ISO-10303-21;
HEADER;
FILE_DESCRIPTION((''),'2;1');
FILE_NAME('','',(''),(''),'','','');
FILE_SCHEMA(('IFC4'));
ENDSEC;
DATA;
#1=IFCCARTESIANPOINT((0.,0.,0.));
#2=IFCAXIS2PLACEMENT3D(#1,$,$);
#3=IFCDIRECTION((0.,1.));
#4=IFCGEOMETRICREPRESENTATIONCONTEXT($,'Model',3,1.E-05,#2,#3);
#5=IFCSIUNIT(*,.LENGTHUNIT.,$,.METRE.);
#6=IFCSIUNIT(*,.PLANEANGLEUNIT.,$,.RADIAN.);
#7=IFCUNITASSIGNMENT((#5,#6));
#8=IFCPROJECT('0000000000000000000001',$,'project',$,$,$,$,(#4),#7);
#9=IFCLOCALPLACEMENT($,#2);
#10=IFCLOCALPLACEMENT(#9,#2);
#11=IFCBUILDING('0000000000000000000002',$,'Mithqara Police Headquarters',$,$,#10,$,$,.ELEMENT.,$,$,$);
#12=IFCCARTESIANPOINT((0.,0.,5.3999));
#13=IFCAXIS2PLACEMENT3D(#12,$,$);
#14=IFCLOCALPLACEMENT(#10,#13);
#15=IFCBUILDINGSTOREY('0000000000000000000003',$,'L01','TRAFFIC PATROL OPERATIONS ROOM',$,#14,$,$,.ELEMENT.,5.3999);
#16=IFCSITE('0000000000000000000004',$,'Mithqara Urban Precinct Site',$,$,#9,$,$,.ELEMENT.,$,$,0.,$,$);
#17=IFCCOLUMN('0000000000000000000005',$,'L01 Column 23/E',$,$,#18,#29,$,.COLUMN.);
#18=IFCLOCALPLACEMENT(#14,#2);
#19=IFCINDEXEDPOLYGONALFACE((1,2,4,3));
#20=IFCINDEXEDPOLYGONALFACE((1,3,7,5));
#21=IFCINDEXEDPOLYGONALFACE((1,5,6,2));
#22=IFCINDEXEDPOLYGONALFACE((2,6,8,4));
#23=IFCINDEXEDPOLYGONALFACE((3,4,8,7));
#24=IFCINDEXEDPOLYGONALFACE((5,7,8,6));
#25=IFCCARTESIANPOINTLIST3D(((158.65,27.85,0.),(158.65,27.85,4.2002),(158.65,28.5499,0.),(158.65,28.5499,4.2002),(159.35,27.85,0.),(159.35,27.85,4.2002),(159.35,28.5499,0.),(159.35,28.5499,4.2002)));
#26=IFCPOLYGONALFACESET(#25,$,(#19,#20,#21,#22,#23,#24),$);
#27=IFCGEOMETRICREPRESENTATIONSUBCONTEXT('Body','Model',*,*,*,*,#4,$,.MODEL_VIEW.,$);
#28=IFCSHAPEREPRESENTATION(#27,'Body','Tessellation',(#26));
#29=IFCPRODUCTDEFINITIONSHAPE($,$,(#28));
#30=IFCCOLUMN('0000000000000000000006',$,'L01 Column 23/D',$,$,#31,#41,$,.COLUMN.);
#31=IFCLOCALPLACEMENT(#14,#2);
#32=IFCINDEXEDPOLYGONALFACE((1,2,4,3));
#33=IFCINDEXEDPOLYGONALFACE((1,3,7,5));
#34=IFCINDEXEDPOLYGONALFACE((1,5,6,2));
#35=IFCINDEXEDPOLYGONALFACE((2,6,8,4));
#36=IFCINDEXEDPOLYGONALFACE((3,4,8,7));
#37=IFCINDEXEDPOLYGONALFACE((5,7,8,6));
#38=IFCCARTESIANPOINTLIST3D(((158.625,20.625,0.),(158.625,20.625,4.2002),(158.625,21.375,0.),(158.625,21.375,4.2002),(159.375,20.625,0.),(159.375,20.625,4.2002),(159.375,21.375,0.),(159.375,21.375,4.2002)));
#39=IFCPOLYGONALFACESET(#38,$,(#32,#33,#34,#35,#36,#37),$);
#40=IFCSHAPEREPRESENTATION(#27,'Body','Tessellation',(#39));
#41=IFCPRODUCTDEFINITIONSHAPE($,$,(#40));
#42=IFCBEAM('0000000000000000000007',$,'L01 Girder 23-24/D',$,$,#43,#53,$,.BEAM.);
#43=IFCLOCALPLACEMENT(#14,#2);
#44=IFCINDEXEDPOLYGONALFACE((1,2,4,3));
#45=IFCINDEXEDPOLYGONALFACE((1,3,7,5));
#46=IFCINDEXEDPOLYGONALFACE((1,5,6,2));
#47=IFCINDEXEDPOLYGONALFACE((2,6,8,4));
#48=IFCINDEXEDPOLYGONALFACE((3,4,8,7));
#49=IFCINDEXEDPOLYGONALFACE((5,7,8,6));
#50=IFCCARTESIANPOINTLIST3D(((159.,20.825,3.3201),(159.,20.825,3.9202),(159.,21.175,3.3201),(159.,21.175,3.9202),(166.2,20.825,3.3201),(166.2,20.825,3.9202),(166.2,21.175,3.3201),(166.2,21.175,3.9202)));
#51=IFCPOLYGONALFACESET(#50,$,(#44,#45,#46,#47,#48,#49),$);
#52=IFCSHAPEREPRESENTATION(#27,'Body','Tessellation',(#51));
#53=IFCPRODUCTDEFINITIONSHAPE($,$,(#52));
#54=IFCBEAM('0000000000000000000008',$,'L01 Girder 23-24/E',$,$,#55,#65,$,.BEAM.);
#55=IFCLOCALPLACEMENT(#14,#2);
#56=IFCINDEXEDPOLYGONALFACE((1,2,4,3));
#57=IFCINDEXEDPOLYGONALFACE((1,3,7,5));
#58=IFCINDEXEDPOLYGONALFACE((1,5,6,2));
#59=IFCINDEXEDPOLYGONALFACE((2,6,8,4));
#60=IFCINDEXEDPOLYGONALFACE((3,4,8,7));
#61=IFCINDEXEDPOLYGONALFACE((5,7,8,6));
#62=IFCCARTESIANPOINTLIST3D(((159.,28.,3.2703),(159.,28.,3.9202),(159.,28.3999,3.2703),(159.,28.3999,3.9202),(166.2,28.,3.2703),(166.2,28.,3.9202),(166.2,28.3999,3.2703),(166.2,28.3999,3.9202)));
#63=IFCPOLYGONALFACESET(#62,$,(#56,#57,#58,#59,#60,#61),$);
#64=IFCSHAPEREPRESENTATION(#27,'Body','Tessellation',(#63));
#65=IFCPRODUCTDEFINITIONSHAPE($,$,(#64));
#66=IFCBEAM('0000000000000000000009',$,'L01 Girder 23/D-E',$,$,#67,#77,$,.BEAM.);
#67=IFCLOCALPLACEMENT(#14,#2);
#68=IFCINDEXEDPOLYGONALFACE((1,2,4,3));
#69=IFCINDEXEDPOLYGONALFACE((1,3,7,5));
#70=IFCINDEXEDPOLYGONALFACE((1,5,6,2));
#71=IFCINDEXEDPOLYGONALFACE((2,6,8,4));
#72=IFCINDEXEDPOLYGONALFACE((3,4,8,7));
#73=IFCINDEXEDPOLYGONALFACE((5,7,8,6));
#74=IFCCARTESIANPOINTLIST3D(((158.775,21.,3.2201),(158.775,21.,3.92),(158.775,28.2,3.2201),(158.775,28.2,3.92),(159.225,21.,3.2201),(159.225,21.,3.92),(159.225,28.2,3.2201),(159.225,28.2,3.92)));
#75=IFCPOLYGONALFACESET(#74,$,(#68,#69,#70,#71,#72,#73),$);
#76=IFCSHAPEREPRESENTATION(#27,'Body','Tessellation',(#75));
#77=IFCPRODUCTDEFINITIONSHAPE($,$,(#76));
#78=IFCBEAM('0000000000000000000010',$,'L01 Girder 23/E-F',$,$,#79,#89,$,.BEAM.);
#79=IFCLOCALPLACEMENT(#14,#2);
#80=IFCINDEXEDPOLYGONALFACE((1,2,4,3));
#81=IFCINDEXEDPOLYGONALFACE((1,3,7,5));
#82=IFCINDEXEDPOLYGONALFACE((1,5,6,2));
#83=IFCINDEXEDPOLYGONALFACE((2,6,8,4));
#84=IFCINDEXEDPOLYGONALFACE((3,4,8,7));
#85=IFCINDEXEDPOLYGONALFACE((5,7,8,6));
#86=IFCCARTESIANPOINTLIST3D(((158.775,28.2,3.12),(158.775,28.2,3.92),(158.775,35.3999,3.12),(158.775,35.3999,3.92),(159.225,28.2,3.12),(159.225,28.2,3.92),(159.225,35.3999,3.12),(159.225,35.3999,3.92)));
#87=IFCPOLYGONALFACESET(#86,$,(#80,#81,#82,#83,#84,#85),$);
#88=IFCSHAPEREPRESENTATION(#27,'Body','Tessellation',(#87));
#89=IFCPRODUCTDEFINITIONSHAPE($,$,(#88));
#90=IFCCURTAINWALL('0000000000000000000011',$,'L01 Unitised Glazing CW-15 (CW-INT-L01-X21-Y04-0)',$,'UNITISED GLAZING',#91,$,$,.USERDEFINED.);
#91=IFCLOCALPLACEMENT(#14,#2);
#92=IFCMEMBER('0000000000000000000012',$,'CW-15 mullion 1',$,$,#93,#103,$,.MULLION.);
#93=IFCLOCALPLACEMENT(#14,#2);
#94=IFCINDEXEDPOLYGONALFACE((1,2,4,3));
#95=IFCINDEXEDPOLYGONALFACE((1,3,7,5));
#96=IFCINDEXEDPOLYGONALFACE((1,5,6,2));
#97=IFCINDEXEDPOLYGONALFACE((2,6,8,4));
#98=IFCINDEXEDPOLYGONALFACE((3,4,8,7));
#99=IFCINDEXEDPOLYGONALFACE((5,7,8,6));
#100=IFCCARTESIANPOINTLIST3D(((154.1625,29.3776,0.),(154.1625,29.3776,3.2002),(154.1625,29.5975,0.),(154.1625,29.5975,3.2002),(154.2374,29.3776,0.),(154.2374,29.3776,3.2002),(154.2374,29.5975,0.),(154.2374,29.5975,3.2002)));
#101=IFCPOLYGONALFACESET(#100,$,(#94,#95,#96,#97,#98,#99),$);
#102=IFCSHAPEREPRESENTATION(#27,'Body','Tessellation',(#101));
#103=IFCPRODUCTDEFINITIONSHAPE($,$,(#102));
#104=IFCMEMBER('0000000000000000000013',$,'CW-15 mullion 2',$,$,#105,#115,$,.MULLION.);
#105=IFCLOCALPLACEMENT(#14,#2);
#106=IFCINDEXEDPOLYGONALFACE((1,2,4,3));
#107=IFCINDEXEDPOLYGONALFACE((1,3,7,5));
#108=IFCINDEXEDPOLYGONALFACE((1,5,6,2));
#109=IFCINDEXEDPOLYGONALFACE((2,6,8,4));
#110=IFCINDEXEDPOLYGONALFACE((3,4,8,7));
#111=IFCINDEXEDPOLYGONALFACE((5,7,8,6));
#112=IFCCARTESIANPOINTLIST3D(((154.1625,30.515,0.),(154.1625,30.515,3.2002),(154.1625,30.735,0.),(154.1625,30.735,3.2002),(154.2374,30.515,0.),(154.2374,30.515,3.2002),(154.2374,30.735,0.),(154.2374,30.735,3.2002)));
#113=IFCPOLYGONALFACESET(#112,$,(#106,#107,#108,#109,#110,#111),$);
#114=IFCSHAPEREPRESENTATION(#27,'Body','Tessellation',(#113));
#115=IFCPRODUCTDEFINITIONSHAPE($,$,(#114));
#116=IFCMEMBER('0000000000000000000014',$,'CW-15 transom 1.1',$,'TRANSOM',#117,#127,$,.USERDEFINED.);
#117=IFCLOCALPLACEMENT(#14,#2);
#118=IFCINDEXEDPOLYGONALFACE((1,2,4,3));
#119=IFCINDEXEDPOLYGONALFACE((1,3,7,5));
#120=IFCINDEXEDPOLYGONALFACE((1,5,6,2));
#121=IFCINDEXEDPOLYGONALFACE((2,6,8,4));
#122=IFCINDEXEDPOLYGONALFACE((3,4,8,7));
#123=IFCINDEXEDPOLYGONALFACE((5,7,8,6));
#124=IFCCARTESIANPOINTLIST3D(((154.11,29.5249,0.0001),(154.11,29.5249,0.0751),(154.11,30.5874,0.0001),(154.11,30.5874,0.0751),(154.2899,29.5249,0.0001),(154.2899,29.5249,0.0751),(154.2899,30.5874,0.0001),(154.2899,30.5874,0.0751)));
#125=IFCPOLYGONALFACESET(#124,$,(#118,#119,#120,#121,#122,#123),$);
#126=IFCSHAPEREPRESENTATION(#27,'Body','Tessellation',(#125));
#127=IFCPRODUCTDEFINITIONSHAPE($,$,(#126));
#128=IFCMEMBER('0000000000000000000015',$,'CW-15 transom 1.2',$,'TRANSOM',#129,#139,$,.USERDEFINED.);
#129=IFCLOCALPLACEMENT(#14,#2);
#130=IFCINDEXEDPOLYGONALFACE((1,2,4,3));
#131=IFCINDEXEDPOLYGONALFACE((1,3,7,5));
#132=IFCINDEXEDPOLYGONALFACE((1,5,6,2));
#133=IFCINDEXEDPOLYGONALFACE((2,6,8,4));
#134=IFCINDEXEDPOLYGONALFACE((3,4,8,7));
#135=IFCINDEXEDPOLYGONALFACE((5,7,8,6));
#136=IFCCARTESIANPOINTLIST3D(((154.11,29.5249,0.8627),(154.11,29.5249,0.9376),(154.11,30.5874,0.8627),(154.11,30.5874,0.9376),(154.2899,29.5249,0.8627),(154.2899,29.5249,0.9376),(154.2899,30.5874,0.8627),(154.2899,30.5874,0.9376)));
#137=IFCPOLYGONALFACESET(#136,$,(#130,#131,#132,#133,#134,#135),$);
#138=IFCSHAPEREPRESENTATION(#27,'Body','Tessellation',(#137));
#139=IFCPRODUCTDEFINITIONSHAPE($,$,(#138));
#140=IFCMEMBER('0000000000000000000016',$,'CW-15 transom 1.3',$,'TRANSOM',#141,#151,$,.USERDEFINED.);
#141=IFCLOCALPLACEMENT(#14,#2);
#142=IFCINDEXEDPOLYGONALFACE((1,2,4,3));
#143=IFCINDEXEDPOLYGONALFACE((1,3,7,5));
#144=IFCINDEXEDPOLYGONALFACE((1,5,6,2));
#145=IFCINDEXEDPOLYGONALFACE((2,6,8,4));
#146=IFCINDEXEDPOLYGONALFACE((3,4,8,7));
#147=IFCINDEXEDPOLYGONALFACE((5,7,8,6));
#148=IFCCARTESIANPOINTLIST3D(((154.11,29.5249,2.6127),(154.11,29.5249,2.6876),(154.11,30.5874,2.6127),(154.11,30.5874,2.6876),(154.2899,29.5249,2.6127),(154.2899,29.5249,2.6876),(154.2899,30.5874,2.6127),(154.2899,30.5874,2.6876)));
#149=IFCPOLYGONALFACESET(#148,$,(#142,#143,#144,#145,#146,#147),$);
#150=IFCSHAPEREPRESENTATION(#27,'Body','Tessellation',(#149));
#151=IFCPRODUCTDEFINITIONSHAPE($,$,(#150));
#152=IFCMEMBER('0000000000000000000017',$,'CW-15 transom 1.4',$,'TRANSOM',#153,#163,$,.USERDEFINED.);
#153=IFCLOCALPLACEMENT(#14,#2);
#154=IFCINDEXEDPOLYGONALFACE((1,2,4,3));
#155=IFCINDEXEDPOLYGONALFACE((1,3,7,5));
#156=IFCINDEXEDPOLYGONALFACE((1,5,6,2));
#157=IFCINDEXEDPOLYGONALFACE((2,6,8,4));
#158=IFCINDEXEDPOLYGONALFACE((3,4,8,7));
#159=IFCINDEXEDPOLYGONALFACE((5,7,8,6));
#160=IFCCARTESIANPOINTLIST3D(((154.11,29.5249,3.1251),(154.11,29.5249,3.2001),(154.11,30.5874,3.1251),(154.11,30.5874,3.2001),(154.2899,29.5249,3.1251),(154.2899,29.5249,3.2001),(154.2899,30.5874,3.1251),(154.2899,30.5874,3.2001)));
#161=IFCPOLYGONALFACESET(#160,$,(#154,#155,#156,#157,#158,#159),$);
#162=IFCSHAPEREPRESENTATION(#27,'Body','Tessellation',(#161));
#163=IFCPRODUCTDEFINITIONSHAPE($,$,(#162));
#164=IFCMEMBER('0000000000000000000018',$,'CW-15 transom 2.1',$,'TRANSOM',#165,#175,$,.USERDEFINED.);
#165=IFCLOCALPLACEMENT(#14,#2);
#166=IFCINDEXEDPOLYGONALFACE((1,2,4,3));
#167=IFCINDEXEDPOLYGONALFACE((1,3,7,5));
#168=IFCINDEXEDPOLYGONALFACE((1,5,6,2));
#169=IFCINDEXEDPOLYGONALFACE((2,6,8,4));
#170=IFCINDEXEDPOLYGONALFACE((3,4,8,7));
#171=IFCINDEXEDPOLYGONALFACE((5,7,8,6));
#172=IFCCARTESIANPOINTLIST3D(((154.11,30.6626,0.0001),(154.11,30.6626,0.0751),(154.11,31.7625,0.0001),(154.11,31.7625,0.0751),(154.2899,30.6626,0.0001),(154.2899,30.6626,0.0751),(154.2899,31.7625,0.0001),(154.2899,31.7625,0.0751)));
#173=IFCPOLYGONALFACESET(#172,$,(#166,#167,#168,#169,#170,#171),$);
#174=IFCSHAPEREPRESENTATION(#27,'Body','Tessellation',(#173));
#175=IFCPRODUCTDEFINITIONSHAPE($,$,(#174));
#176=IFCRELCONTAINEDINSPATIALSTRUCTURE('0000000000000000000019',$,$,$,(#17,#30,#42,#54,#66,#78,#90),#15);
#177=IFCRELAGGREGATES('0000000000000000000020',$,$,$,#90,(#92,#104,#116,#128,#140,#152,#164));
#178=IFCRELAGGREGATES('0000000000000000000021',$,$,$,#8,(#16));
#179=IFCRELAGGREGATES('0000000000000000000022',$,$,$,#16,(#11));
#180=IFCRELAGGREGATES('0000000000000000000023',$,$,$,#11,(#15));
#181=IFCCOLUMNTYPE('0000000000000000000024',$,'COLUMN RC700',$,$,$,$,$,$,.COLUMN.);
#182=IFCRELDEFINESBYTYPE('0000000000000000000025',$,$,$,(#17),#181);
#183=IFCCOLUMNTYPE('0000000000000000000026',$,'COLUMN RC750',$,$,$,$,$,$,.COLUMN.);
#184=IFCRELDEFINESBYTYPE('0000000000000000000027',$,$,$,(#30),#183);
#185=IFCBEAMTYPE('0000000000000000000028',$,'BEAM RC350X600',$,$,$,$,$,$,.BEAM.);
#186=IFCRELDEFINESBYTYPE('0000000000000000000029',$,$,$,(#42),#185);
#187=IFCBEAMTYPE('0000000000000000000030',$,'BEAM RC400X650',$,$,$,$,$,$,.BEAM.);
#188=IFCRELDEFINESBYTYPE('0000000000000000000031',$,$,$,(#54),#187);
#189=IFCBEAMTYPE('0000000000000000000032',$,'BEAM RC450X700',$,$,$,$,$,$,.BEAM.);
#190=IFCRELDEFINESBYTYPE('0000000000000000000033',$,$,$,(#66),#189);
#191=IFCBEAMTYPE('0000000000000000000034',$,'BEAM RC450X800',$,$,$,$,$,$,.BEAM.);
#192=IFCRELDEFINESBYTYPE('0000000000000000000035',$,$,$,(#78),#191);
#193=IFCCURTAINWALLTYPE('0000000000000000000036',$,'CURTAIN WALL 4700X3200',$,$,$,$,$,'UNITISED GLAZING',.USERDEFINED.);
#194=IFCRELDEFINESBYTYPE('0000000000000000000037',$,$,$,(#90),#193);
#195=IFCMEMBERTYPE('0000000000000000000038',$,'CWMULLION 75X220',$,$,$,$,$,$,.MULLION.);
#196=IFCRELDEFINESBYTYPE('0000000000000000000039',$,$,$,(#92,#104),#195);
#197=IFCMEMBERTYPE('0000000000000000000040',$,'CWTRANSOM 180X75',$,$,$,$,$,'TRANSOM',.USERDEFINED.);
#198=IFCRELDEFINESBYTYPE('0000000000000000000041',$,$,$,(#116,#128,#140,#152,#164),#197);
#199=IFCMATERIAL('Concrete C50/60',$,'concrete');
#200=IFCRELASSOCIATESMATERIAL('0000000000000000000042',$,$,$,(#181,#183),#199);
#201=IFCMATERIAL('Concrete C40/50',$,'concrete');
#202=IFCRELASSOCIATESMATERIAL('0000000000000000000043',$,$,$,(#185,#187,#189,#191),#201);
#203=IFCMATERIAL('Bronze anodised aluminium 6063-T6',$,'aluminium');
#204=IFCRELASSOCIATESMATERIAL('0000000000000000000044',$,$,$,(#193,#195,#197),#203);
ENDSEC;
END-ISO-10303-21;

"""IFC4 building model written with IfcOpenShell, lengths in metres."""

from ifc_helpers import new_model, si_unit, direction, frame, origin, origin_2d, place, context, subcontext, project, spatial, rectangle, extrude, material, material_profile, profile_set, type_object, element, aggregate, save


model = new_model("IFC4")

# Units and contexts
model_context = context("Model", 3, precision=1e-05, world=origin(), true_north=direction((0.0, 1.0)))
body_context = subcontext(model_context, "Body", "Model", "MODEL_VIEW")
ifc_project = project(units=[si_unit("LENGTHUNIT", "METRE"), si_unit("PLANEANGLEUNIT", "RADIAN")], contexts=[model_context])

# Site, building, storey
site_placement = place(None, origin())
site = spatial("IfcSite", under=ifc_project, at=site_placement, Name="Mithqara Urban Precinct Site", CompositionType="ELEMENT", RefElevation=0.0)
building_placement = place(site_placement, origin())
building = spatial("IfcBuilding", under=site, at=building_placement, Name="Mithqara Police Headquarters", CompositionType="ELEMENT")
storey_placement = place(building_placement, frame((0.0, 0.0, 5.3999)))
storey = spatial("IfcBuildingStorey", under=building, at=storey_placement, Name="L01", Description="TRAFFIC PATROL OPERATIONS ROOM", CompositionType="ELEMENT", Elevation=5.3999)

# Columns
ifc_material_1 = material(Name="Concrete C50/60", Category="concrete")
ifc_material_profile_1 = material_profile(ifc_material_1, rectangle(XDim=0.7, YDim=0.7, at=origin_2d()), Name="RC 700x700")
ifc_profile_set_1 = profile_set([ifc_material_profile_1], Name="Concrete C50/60")
column_type_1 = type_object("IfcColumnType", Name="COLUMN RC700", PredefinedType="COLUMN", material=ifc_profile_set_1)
column_1_placement = place(storey_placement, frame((159.0, 28.2, 0.0), z_axis=(0.0, 0.0, 1.0), x_axis=(1.0, 0.0, 0.0)))
element("IfcColumn", 1, at=column_1_placement, inside=storey, type_object=column_type_1, Name="L01 Column 23/E", PredefinedType="COLUMN", context=body_context, shape_type="SweptSolid", body=[
    extrude(rectangle(XDim=0.7, YDim=0.7, at=origin_2d()), origin(), (0.0, 0.0, 1.0), 4.2002),
])
ifc_material_profile_2 = material_profile(ifc_material_1, rectangle(XDim=0.75, YDim=0.75, at=origin_2d()), Name="RC 750x750")
ifc_profile_set_2 = profile_set([ifc_material_profile_2], Name="Concrete C50/60")
column_type_2 = type_object("IfcColumnType", Name="COLUMN RC750", PredefinedType="COLUMN", material=ifc_profile_set_2)
column_2_placement = place(storey_placement, frame((159.0, 21.0, 0.0), z_axis=(0.0, 0.0, 1.0), x_axis=(1.0, 0.0, 0.0)))
element("IfcColumn", 2, at=column_2_placement, inside=storey, type_object=column_type_2, Name="L01 Column 23/D", PredefinedType="COLUMN", context=body_context, shape_type="SweptSolid", body=[
    extrude(rectangle(XDim=0.75, YDim=0.75, at=origin_2d()), origin(), (0.0, 0.0, 1.0), 4.2002),
])

# Beams
ifc_material_2 = material(Name="Concrete C40/50", Category="concrete")
ifc_material_profile_3 = material_profile(ifc_material_2, rectangle(XDim=0.3501, YDim=0.6001, at=origin_2d()), Name="RC 350x600")
ifc_profile_set_3 = profile_set([ifc_material_profile_3], Name="Concrete C40/50")
beam_type_1 = type_object("IfcBeamType", Name="BEAM RC350X600", PredefinedType="BEAM", material=ifc_profile_set_3)
beam_1_placement = place(storey_placement, frame((159.0, 21.0, 3.6201), z_axis=(1.0, 0.0, 0.0), x_axis=(0.0, 1.0, 0.0)))
element("IfcBeam", 3, at=beam_1_placement, inside=storey, type_object=beam_type_1, Name="L01 Girder 23-24/D", PredefinedType="BEAM", context=body_context, shape_type="SweptSolid", body=[
    extrude(rectangle(XDim=0.3501, YDim=0.6001, at=origin_2d()), origin(), (0.0, 0.0, 1.0), 7.2),
])
ifc_material_profile_4 = material_profile(ifc_material_2, rectangle(XDim=0.3999, YDim=0.6499, at=origin_2d()), Name="RC 400x650")
ifc_profile_set_4 = profile_set([ifc_material_profile_4], Name="Concrete C40/50")
beam_type_2 = type_object("IfcBeamType", Name="BEAM RC400X650", PredefinedType="BEAM", material=ifc_profile_set_4)
beam_2_placement = place(storey_placement, frame((159.0, 28.2, 3.5952), z_axis=(1.0, 0.0, 0.0), x_axis=(0.0, 1.0, 0.0)))
element("IfcBeam", 4, at=beam_2_placement, inside=storey, type_object=beam_type_2, Name="L01 Girder 23-24/E", PredefinedType="BEAM", context=body_context, shape_type="SweptSolid", body=[
    extrude(rectangle(XDim=0.3999, YDim=0.6499, at=origin_2d()), origin(), (0.0, 0.0, 1.0), 7.2),
])
ifc_material_profile_5 = material_profile(ifc_material_2, rectangle(XDim=0.45, YDim=0.7, at=origin_2d()), Name="RC 450x700")
ifc_profile_set_5 = profile_set([ifc_material_profile_5], Name="Concrete C40/50")
beam_type_3 = type_object("IfcBeamType", Name="BEAM RC450X700", PredefinedType="BEAM", material=ifc_profile_set_5)
beam_3_placement = place(storey_placement, frame((159.0, 21.0, 3.5701), z_axis=(0.0, 1.0, 0.0), x_axis=(-1.0, 0.0, 0.0)))
element("IfcBeam", 5, at=beam_3_placement, inside=storey, type_object=beam_type_3, Name="L01 Girder 23/D-E", PredefinedType="BEAM", context=body_context, shape_type="SweptSolid", body=[
    extrude(rectangle(XDim=0.45, YDim=0.7, at=origin_2d()), origin(), (0.0, 0.0, 1.0), 7.2),
])
ifc_material_profile_6 = material_profile(ifc_material_2, rectangle(XDim=0.45, YDim=0.8, at=origin_2d()), Name="RC 450x800")
ifc_profile_set_6 = profile_set([ifc_material_profile_6], Name="Concrete C40/50")
beam_type_4 = type_object("IfcBeamType", Name="BEAM RC450X800", PredefinedType="BEAM", material=ifc_profile_set_6)
beam_4_placement = place(storey_placement, frame((159.0, 28.2, 3.52), z_axis=(0.0, 1.0, 0.0), x_axis=(-1.0, 0.0, 0.0)))
element("IfcBeam", 6, at=beam_4_placement, inside=storey, type_object=beam_type_4, Name="L01 Girder 23/E-F", PredefinedType="BEAM", context=body_context, shape_type="SweptSolid", body=[
    extrude(rectangle(XDim=0.45, YDim=0.8, at=origin_2d()), origin(), (0.0, 0.0, 1.0), 7.2),
])

# Curtain wall, members
ifc_material_3 = material(Name="Bronze anodised aluminium 6063-T6", Category="aluminium")
curtain_wall_type = type_object("IfcCurtainWallType", Name="CURTAIN WALL 4700X3200", ElementType="UNITISED GLAZING", PredefinedType="USERDEFINED", material=ifc_material_3)
curtain_wall_placement = place(storey_placement, origin())
curtain_wall = element("IfcCurtainWall", 7, at=curtain_wall_placement, inside=storey, type_object=curtain_wall_type, Name="L01 Unitised Glazing CW-15 (CW-INT-L01-X21-Y04-0)", ObjectType="UNITISED GLAZING", PredefinedType="USERDEFINED")
ifc_material_profile_7 = material_profile(ifc_material_3, rectangle(XDim=0.075, YDim=0.22, at=origin_2d()), Name="CWM 75x220")
ifc_profile_set_7 = profile_set([ifc_material_profile_7], Name="Bronze anodised aluminium 6063-T6")
member_type_1 = type_object("IfcMemberType", Name="CWMULLION 75X220", PredefinedType="MULLION", material=ifc_profile_set_7)
member_1_placement = place(storey_placement, frame((154.2, 29.4875, 0.0), z_axis=(0.0, 0.0, 1.0), x_axis=(-1.0, 0.0, 0.0)))
member_1 = element("IfcMember", 8, at=member_1_placement, type_object=member_type_1, Name="CW-15 mullion 1", PredefinedType="MULLION", context=body_context, shape_type="SweptSolid", body=[
    extrude(rectangle(XDim=0.075, YDim=0.22, at=origin_2d()), origin(), (0.0, 0.0, 1.0), 3.2002),
])
member_2_placement = place(storey_placement, frame((154.2, 30.625, 0.0), z_axis=(0.0, 0.0, 1.0), x_axis=(-1.0, 0.0, 0.0)))
member_2 = element("IfcMember", 9, at=member_2_placement, type_object=member_type_1, Name="CW-15 mullion 2", PredefinedType="MULLION", context=body_context, shape_type="SweptSolid", body=[
    extrude(rectangle(XDim=0.075, YDim=0.22, at=origin_2d()), origin(), (0.0, 0.0, 1.0), 3.2002),
])
ifc_material_profile_8 = material_profile(ifc_material_3, rectangle(XDim=0.1799, YDim=0.075, at=origin_2d()), Name="CWT 180x75")
ifc_profile_set_8 = profile_set([ifc_material_profile_8], Name="Bronze anodised aluminium 6063-T6")
member_type_2 = type_object("IfcMemberType", Name="CWTRANSOM 180X75", ElementType="TRANSOM", PredefinedType="USERDEFINED", material=ifc_profile_set_8)
member_3_placement = place(storey_placement, frame((154.2, 29.5249, 0.0376), z_axis=(0.0, 1.0, 0.0), x_axis=(-1.0, 0.0, 0.0)))
member_3 = element("IfcMember", 10, at=member_3_placement, type_object=member_type_2, Name="CW-15 transom 1.1", ObjectType="TRANSOM", PredefinedType="USERDEFINED", context=body_context, shape_type="SweptSolid", body=[
    extrude(rectangle(XDim=0.1799, YDim=0.075, at=origin_2d()), origin(), (0.0, 0.0, 1.0), 1.0625),
])
member_4_placement = place(storey_placement, frame((154.2, 29.5249, 0.9001), z_axis=(0.0, 1.0, 0.0), x_axis=(-1.0, 0.0, 0.0)))
member_4 = element("IfcMember", 11, at=member_4_placement, type_object=member_type_2, Name="CW-15 transom 1.2", ObjectType="TRANSOM", PredefinedType="USERDEFINED", context=body_context, shape_type="SweptSolid", body=[
    extrude(rectangle(XDim=0.1799, YDim=0.075, at=origin_2d()), origin(), (0.0, 0.0, 1.0), 1.0625),
])
member_5_placement = place(storey_placement, frame((154.2, 29.5249, 2.6501), z_axis=(0.0, 1.0, 0.0), x_axis=(-1.0, 0.0, 0.0)))
member_5 = element("IfcMember", 12, at=member_5_placement, type_object=member_type_2, Name="CW-15 transom 1.3", ObjectType="TRANSOM", PredefinedType="USERDEFINED", context=body_context, shape_type="SweptSolid", body=[
    extrude(rectangle(XDim=0.1799, YDim=0.075, at=origin_2d()), origin(), (0.0, 0.0, 1.0), 1.0625),
])
member_6_placement = place(storey_placement, frame((154.2, 29.5249, 3.1626), z_axis=(0.0, 1.0, 0.0), x_axis=(-1.0, 0.0, 0.0)))
member_6 = element("IfcMember", 13, at=member_6_placement, type_object=member_type_2, Name="CW-15 transom 1.4", ObjectType="TRANSOM", PredefinedType="USERDEFINED", context=body_context, shape_type="SweptSolid", body=[
    extrude(rectangle(XDim=0.1799, YDim=0.075, at=origin_2d()), origin(), (0.0, 0.0, 1.0), 1.0625),
])
member_7_placement = place(storey_placement, frame((154.2, 30.6626, 0.0376), z_axis=(0.0, 1.0, 0.0), x_axis=(-1.0, 0.0, 0.0)))
member_7 = element("IfcMember", 14, at=member_7_placement, type_object=member_type_2, Name="CW-15 transom 2.1", ObjectType="TRANSOM", PredefinedType="USERDEFINED", context=body_context, shape_type="SweptSolid", body=[
    extrude(rectangle(XDim=0.1799, YDim=0.075, at=origin_2d()), origin(), (0.0, 0.0, 1.0), 1.0999),
])
aggregate(curtain_wall, [member_1, member_2, member_3, member_4, member_5, member_6, member_7])

save(model, "model.ifc")
